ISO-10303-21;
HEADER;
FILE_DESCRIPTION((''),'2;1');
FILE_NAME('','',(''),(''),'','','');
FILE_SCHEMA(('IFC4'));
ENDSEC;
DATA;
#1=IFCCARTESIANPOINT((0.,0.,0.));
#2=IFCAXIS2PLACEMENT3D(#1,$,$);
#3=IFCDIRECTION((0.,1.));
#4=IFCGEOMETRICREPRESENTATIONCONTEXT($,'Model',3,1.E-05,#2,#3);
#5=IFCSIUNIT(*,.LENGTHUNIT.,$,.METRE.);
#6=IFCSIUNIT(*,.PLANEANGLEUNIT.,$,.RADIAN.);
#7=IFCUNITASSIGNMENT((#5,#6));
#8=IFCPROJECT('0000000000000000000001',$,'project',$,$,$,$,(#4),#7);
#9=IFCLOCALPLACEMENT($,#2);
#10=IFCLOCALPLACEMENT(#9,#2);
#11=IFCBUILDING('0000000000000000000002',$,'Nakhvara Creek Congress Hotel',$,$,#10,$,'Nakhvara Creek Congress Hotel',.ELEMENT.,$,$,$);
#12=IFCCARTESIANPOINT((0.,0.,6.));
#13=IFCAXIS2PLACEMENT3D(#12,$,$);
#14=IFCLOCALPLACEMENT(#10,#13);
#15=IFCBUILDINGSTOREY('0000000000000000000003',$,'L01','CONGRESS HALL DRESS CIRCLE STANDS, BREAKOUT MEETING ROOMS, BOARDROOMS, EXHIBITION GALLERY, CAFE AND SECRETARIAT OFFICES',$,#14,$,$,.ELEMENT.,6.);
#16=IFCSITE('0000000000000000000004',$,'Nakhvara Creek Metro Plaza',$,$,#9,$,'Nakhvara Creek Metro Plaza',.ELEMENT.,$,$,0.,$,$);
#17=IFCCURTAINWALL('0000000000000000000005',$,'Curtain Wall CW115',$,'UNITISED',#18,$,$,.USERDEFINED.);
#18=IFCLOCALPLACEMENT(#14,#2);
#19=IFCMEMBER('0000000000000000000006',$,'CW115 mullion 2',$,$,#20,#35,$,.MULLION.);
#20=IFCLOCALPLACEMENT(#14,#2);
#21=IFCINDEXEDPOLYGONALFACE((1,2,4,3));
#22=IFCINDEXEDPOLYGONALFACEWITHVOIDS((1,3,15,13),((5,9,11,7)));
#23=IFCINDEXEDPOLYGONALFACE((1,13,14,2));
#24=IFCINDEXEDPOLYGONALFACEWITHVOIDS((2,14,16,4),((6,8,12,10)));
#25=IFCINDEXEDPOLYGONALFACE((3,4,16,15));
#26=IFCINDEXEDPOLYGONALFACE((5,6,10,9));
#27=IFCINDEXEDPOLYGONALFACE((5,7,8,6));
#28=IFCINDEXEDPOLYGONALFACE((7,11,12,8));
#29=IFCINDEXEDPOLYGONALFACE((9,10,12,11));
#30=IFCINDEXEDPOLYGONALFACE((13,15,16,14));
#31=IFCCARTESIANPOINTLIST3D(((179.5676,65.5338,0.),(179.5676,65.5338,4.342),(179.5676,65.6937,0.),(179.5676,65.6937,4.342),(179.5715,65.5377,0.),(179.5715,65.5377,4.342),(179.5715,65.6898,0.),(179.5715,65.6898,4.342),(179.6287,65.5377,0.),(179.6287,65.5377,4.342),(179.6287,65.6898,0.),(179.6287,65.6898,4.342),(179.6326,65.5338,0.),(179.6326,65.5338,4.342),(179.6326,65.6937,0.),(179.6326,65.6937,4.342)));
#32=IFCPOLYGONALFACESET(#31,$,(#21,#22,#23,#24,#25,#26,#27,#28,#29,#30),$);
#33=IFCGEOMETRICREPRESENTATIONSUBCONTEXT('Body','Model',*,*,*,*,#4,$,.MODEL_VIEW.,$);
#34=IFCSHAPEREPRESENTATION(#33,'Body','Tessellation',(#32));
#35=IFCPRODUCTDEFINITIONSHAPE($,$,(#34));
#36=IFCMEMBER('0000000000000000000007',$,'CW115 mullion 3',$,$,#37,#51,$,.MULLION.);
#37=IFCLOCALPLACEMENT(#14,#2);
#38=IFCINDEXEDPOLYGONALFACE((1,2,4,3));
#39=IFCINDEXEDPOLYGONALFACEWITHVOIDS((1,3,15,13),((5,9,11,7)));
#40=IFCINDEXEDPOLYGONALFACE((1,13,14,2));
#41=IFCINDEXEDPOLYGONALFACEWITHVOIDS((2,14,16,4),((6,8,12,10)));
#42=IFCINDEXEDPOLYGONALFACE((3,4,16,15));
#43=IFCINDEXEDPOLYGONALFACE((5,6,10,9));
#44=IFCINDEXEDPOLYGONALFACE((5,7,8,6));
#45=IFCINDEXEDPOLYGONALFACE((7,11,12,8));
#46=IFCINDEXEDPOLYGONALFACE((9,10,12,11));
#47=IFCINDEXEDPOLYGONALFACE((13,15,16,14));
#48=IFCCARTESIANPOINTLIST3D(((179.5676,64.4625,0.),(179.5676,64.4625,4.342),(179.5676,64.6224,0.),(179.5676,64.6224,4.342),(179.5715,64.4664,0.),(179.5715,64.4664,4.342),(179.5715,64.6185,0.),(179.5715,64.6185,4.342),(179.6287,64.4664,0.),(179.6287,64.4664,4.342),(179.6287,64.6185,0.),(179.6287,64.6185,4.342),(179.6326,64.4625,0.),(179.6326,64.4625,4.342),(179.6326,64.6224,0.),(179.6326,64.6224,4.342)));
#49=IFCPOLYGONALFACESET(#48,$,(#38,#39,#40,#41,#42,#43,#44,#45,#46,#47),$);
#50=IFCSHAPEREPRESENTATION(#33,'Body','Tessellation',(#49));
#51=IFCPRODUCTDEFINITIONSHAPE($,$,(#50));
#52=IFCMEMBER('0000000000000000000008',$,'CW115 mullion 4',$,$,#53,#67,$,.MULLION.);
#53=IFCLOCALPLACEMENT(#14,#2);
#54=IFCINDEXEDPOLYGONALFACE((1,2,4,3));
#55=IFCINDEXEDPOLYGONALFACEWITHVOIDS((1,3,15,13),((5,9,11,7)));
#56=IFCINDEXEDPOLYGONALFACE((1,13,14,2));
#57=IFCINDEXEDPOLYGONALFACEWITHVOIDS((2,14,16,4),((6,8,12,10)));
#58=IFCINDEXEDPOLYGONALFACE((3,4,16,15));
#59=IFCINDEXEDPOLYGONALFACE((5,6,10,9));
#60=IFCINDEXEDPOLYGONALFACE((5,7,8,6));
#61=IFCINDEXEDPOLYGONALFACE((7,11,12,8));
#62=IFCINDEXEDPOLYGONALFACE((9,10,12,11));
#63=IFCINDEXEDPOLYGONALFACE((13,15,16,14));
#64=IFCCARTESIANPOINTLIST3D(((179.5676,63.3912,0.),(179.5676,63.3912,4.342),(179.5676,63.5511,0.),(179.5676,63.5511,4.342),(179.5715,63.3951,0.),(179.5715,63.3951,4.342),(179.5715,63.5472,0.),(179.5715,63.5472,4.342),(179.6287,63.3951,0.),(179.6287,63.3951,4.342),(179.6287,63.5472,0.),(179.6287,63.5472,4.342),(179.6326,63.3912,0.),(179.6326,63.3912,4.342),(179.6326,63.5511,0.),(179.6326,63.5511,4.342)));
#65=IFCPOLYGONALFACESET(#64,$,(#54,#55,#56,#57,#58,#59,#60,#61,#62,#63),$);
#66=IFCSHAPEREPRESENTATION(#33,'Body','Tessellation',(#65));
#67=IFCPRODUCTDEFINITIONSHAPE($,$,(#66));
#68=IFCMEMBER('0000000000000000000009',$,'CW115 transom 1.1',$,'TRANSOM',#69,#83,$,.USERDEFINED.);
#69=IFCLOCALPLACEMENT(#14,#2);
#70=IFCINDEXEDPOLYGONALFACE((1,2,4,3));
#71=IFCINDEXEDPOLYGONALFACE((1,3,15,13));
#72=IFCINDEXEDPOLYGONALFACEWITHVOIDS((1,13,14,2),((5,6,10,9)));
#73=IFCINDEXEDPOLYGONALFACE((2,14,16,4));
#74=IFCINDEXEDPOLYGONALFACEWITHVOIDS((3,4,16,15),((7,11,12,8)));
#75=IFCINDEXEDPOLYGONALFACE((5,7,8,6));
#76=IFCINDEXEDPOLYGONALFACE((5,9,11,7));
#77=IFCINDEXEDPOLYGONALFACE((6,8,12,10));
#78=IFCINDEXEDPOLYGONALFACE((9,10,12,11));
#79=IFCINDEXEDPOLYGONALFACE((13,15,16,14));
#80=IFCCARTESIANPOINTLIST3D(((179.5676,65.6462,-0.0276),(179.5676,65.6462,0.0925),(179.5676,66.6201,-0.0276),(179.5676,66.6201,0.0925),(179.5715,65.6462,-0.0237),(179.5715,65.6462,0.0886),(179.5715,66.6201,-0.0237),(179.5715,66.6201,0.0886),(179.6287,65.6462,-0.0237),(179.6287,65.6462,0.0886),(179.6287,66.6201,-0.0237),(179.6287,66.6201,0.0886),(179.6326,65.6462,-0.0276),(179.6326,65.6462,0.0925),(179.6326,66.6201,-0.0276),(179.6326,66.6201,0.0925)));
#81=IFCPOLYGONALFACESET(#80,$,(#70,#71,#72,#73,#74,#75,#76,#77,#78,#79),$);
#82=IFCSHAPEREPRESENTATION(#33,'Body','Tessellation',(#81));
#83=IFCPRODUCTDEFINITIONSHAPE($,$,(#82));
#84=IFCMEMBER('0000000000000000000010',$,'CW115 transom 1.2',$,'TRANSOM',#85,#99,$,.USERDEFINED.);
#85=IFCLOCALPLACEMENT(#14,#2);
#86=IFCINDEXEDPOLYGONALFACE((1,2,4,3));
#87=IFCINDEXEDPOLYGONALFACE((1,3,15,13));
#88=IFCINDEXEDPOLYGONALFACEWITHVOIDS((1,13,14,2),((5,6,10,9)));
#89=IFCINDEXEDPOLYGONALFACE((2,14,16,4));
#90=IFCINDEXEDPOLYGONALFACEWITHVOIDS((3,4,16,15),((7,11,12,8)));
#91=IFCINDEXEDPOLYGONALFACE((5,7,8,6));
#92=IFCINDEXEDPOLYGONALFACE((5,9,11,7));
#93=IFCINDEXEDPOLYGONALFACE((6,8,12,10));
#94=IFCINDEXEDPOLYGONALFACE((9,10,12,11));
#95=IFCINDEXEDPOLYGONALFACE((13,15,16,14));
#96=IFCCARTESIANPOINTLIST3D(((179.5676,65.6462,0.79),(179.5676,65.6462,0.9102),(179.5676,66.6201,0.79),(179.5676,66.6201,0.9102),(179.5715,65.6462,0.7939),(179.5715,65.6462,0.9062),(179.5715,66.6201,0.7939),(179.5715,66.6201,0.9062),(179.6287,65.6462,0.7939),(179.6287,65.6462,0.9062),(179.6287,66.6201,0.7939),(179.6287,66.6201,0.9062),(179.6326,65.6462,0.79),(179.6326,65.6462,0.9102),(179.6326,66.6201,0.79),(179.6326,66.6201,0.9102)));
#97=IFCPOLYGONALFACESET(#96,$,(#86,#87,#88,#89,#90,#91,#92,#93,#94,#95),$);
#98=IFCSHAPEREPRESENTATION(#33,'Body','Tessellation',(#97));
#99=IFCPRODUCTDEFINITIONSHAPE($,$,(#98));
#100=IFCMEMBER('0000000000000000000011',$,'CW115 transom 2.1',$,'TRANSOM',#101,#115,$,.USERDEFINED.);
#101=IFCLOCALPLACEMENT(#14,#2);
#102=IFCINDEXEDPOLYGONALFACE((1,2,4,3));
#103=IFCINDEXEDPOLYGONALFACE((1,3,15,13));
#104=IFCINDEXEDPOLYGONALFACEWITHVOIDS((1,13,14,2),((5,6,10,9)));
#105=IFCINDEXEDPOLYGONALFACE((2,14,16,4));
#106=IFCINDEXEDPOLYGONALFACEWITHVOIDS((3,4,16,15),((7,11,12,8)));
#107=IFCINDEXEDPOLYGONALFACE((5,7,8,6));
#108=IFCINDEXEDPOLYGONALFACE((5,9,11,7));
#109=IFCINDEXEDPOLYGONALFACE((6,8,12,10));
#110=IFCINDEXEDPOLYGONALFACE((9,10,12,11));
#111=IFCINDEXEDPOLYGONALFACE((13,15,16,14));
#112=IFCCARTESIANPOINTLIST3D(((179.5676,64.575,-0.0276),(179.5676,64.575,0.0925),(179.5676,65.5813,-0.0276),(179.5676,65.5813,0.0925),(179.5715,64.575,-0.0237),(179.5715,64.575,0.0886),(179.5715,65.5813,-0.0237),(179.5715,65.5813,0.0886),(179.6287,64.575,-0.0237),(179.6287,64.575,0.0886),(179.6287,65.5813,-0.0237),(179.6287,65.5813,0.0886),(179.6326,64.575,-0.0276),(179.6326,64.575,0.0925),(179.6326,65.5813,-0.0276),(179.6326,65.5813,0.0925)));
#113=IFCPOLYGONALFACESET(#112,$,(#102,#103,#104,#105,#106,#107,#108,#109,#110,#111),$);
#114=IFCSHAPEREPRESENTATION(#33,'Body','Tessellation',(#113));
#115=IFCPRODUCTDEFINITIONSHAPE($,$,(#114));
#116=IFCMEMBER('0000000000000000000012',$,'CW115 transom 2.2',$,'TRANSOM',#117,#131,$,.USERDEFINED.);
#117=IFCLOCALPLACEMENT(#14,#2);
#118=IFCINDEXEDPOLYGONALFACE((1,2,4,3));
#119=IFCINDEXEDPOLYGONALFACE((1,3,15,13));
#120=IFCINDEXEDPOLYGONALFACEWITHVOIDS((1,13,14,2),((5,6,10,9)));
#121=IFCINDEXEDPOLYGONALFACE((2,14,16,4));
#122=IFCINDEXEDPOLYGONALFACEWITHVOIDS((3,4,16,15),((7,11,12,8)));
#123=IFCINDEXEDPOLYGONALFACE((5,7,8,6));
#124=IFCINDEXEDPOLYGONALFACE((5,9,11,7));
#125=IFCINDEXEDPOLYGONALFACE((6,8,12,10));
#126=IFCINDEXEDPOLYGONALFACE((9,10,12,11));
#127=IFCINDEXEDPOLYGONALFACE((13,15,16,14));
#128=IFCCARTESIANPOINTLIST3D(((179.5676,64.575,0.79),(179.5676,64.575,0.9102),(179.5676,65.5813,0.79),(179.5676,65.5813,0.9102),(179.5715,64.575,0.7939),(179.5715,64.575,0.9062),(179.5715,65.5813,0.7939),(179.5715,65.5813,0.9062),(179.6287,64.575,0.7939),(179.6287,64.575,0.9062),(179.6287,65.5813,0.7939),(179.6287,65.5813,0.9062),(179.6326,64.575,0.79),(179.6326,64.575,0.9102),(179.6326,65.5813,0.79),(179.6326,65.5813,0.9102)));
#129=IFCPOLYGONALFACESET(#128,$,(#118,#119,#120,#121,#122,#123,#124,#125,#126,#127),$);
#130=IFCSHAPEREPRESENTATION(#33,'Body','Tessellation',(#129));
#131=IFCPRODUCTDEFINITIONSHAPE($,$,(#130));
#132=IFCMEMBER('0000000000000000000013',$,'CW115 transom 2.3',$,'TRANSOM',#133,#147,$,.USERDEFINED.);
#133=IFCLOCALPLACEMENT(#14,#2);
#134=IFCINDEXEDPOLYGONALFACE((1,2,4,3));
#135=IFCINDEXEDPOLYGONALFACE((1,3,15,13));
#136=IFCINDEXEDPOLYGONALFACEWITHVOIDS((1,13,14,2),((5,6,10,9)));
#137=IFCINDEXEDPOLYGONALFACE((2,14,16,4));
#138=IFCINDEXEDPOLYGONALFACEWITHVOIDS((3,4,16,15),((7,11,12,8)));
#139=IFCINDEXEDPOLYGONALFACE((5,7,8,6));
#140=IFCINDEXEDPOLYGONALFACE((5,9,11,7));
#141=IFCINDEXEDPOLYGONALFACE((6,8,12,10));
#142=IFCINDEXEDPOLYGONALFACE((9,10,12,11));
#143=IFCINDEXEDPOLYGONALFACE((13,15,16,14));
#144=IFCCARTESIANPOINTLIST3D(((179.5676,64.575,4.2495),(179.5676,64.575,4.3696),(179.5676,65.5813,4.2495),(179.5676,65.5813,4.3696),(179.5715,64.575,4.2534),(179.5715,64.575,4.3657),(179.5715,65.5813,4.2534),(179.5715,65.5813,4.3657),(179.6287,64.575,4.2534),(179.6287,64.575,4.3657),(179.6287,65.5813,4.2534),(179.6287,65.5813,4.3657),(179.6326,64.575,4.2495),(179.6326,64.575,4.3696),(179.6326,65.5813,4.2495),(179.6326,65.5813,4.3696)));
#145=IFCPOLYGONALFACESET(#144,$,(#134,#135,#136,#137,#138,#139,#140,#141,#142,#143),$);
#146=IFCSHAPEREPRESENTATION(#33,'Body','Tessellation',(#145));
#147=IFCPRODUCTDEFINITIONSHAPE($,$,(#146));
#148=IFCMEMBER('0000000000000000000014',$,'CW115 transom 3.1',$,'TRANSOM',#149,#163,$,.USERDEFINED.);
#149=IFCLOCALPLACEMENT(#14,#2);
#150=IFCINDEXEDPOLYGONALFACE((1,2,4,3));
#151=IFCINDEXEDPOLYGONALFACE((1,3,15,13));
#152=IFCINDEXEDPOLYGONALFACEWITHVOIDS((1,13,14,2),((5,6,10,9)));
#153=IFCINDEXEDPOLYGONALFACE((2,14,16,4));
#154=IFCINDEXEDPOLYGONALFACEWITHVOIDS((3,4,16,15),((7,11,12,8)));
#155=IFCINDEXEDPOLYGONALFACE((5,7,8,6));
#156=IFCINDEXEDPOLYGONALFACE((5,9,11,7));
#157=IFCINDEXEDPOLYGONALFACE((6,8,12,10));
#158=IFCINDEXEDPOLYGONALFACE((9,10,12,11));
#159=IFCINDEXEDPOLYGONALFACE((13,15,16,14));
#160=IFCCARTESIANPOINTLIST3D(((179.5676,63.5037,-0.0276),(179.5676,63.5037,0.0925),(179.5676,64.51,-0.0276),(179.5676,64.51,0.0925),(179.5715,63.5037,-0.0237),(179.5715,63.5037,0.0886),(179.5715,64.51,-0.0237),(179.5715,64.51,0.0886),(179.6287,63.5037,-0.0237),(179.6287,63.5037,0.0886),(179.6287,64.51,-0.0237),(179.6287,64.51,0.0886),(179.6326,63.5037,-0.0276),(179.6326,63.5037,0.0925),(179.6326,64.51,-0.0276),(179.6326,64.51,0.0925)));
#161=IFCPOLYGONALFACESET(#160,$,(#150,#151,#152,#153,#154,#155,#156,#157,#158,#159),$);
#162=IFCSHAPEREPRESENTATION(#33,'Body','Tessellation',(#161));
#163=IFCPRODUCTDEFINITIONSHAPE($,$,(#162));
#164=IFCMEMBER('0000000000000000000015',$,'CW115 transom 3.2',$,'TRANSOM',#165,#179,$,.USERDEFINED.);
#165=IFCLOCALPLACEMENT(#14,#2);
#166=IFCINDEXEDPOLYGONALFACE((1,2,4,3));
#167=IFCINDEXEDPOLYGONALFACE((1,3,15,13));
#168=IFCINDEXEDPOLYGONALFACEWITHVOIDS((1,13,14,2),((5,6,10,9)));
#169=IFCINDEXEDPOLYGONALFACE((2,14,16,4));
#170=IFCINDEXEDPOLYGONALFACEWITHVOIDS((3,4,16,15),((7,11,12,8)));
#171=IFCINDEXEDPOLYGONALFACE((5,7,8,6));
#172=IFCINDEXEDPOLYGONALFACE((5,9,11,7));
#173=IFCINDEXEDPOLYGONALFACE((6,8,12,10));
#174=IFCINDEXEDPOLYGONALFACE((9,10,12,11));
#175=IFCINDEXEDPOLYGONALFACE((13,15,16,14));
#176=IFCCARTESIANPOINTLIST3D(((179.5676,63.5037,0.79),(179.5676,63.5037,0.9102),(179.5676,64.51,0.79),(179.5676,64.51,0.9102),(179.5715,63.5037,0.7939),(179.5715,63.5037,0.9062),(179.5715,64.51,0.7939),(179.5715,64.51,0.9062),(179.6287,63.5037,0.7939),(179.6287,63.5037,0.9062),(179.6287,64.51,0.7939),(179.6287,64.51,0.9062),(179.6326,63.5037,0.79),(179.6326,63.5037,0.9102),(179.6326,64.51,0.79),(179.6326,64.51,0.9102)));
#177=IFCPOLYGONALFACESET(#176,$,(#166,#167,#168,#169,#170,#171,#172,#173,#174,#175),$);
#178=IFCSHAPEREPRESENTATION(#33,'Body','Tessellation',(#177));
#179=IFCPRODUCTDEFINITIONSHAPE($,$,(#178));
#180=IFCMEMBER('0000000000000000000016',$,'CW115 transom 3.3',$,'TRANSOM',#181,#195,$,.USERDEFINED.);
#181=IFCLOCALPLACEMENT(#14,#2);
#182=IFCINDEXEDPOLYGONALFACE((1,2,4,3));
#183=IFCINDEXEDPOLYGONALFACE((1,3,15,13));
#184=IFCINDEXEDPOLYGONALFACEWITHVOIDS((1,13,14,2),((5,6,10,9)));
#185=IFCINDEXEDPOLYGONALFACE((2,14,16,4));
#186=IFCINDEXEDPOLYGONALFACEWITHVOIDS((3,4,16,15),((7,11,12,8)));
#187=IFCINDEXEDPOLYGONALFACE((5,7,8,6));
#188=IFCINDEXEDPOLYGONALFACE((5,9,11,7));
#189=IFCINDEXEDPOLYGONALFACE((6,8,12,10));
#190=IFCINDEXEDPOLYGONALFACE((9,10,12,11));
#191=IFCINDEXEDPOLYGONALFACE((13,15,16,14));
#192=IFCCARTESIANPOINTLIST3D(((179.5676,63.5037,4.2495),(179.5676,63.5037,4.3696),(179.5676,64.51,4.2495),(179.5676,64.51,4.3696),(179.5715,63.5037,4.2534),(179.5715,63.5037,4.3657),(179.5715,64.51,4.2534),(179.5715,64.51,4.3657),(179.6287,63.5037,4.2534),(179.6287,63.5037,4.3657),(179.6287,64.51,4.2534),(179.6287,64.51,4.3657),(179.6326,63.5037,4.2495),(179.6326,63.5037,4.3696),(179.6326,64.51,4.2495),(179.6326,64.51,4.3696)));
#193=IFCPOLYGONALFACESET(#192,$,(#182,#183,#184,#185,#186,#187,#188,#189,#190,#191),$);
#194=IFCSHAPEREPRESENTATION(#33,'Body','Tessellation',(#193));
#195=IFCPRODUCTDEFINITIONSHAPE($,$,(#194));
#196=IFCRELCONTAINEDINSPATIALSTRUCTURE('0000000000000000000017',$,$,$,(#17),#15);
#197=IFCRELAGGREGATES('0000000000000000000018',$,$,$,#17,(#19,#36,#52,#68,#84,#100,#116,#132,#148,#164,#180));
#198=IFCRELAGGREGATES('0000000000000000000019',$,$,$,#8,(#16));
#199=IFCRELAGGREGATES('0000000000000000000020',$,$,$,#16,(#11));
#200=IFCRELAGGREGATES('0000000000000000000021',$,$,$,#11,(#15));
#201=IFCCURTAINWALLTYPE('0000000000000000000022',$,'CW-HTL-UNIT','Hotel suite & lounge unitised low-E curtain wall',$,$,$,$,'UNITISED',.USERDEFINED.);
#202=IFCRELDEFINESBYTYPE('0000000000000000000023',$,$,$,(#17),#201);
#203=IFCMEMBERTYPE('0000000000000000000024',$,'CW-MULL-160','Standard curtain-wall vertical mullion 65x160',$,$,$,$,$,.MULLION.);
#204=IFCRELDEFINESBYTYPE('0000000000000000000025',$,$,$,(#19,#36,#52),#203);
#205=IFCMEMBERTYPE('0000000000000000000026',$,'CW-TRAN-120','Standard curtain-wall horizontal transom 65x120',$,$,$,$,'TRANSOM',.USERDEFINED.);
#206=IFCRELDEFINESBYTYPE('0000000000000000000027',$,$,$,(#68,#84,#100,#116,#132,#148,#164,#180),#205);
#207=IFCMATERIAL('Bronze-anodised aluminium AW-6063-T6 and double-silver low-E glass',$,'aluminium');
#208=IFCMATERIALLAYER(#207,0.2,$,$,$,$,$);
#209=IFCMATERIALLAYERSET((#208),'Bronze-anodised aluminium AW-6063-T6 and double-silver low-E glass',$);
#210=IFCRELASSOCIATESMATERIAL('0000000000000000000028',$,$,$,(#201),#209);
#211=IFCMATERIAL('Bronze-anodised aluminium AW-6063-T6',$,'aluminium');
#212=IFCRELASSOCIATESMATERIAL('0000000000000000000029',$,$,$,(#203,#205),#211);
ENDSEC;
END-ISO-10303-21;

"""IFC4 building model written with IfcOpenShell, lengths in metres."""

from ifc_helpers import new_model, si_unit, direction, frame, origin, origin_2d, place, context, subcontext, project, spatial, hollow_rectangle, extrude, material, layer, layer_set, material_profile, profile_set, type_object, element, aggregate, save


model = new_model("IFC4")

# Units and contexts
model_context = context("Model", 3, precision=1e-05, world=origin(), true_north=direction((0.0, 1.0)))
body_context = subcontext(model_context, "Body", "Model", "MODEL_VIEW")
ifc_project = project(units=[si_unit("LENGTHUNIT", "METRE"), si_unit("PLANEANGLEUNIT", "RADIAN")], contexts=[model_context])

# Site, building, storey
site_placement = place(None, origin())
site = spatial("IfcSite", under=ifc_project, at=site_placement, Name="Nakhvara Creek Metro Plaza", LongName="Nakhvara Creek Metro Plaza", CompositionType="ELEMENT", RefElevation=0.0)
building_placement = place(site_placement, origin())
building = spatial("IfcBuilding", under=site, at=building_placement, Name="Nakhvara Creek Congress Hotel", LongName="Nakhvara Creek Congress Hotel", CompositionType="ELEMENT")
storey_placement = place(building_placement, frame((0.0, 0.0, 6.0)))
storey = spatial("IfcBuildingStorey", under=building, at=storey_placement, Name="L01", Description="CONGRESS HALL DRESS CIRCLE STANDS, BREAKOUT MEETING ROOMS, BOARDROOMS, EXHIBITION GALLERY, CAFE AND SECRETARIAT OFFICES", CompositionType="ELEMENT", Elevation=6.0)

# Curtain wall, members
ifc_material_1 = material(Name="Bronze-anodised aluminium AW-6063-T6 and double-silver low-E glass", Category="aluminium")
ifc_layer_1 = layer(ifc_material_1, 0.2)
ifc_layer_set_1 = layer_set([ifc_layer_1], Name="Bronze-anodised aluminium AW-6063-T6 and double-silver low-E glass")
curtain_wall_type = type_object("IfcCurtainWallType", Name="CW-HTL-UNIT", Description="Hotel suite & lounge unitised low-E curtain wall", ElementType="UNITISED", PredefinedType="USERDEFINED", material=ifc_layer_set_1)
curtain_wall_placement = place(storey_placement, origin())
curtain_wall = element("IfcCurtainWall", 1, at=curtain_wall_placement, inside=storey, type_object=curtain_wall_type, Name="Curtain Wall CW115", ObjectType="UNITISED", PredefinedType="USERDEFINED")
ifc_material_2 = material(Name="Bronze-anodised aluminium AW-6063-T6", Category="aluminium")
ifc_material_profile_1 = material_profile(ifc_material_2, hollow_rectangle(XDim=0.0649, YDim=0.1599, WallThickness=0.0039, at=origin_2d()), Name="ALU-MULL 65x160x4", Category="LoadBearing")
ifc_profile_set_1 = profile_set([ifc_material_profile_1], Name="Bronze-anodised aluminium AW-6063-T6")
member_type_1 = type_object("IfcMemberType", Name="CW-MULL-160", Description="Standard curtain-wall vertical mullion 65x160", PredefinedType="MULLION", material=ifc_profile_set_1)
member_1_placement = place(storey_placement, frame((179.6001, 65.6138, 0.0), z_axis=(0.0, 0.0, 1.0), x_axis=(1.0, 0.0, 0.0)))
member_1 = element("IfcMember", 2, at=member_1_placement, type_object=member_type_1, Name="CW115 mullion 2", PredefinedType="MULLION", context=body_context, shape_type="SweptSolid", body=[
    extrude(hollow_rectangle(XDim=0.0649, YDim=0.1599, WallThickness=0.0039, at=origin_2d()), origin(), (0.0, 0.0, 1.0), 4.342),
])
member_2_placement = place(storey_placement, frame((179.6001, 64.5425, 0.0), z_axis=(0.0, 0.0, 1.0), x_axis=(1.0, 0.0, 0.0)))
member_2 = element("IfcMember", 3, at=member_2_placement, type_object=member_type_1, Name="CW115 mullion 3", PredefinedType="MULLION", context=body_context, shape_type="SweptSolid", body=[
    extrude(hollow_rectangle(XDim=0.0649, YDim=0.1599, WallThickness=0.0039, at=origin_2d()), origin(), (0.0, 0.0, 1.0), 4.342),
])
member_3_placement = place(storey_placement, frame((179.6001, 63.4712, 0.0), z_axis=(0.0, 0.0, 1.0), x_axis=(1.0, 0.0, 0.0)))
member_3 = element("IfcMember", 4, at=member_3_placement, type_object=member_type_1, Name="CW115 mullion 4", PredefinedType="MULLION", context=body_context, shape_type="SweptSolid", body=[
    extrude(hollow_rectangle(XDim=0.0649, YDim=0.1599, WallThickness=0.0039, at=origin_2d()), origin(), (0.0, 0.0, 1.0), 4.342),
])
ifc_material_profile_2 = material_profile(ifc_material_2, hollow_rectangle(XDim=0.0649, YDim=0.1201, WallThickness=0.0039, at=origin_2d()), Name="ALU-TRAN 65x120x4", Category="LoadBearing")
ifc_profile_set_2 = profile_set([ifc_material_profile_2], Name="Bronze-anodised aluminium AW-6063-T6")
member_type_2 = type_object("IfcMemberType", Name="CW-TRAN-120", Description="Standard curtain-wall horizontal transom 65x120", ElementType="TRANSOM", PredefinedType="USERDEFINED", material=ifc_profile_set_2)
member_4_placement = place(storey_placement, frame((179.6001, 66.6201, 0.0325), z_axis=(0.0, -1.0, 0.0), x_axis=(1.0, 0.0, 0.0)))
member_4 = element("IfcMember", 5, at=member_4_placement, type_object=member_type_2, Name="CW115 transom 1.1", ObjectType="TRANSOM", PredefinedType="USERDEFINED", context=body_context, shape_type="SweptSolid", body=[
    extrude(hollow_rectangle(XDim=0.0649, YDim=0.1201, WallThickness=0.0039, at=origin_2d()), origin(), (0.0, 0.0, 1.0), 0.9739),
])
member_5_placement = place(storey_placement, frame((179.6001, 66.6201, 0.8501), z_axis=(0.0, -1.0, 0.0), x_axis=(1.0, 0.0, 0.0)))
member_5 = element("IfcMember", 6, at=member_5_placement, type_object=member_type_2, Name="CW115 transom 1.2", ObjectType="TRANSOM", PredefinedType="USERDEFINED", context=body_context, shape_type="SweptSolid", body=[
    extrude(hollow_rectangle(XDim=0.0649, YDim=0.1201, WallThickness=0.0039, at=origin_2d()), origin(), (0.0, 0.0, 1.0), 0.9739),
])
member_6_placement = place(storey_placement, frame((179.6001, 65.5813, 0.0325), z_axis=(0.0, -1.0, 0.0), x_axis=(1.0, 0.0, 0.0)))
member_6 = element("IfcMember", 7, at=member_6_placement, type_object=member_type_2, Name="CW115 transom 2.1", ObjectType="TRANSOM", PredefinedType="USERDEFINED", context=body_context, shape_type="SweptSolid", body=[
    extrude(hollow_rectangle(XDim=0.0649, YDim=0.1201, WallThickness=0.0039, at=origin_2d()), origin(), (0.0, 0.0, 1.0), 1.0063),
])
member_7_placement = place(storey_placement, frame((179.6001, 65.5813, 0.8501), z_axis=(0.0, -1.0, 0.0), x_axis=(1.0, 0.0, 0.0)))
member_7 = element("IfcMember", 8, at=member_7_placement, type_object=member_type_2, Name="CW115 transom 2.2", ObjectType="TRANSOM", PredefinedType="USERDEFINED", context=body_context, shape_type="SweptSolid", body=[
    extrude(hollow_rectangle(XDim=0.0649, YDim=0.1201, WallThickness=0.0039, at=origin_2d()), origin(), (0.0, 0.0, 1.0), 1.0063),
])
member_8_placement = place(storey_placement, frame((179.6001, 65.5813, 4.3096), z_axis=(0.0, -1.0, 0.0), x_axis=(1.0, 0.0, 0.0)))
member_8 = element("IfcMember", 9, at=member_8_placement, type_object=member_type_2, Name="CW115 transom 2.3", ObjectType="TRANSOM", PredefinedType="USERDEFINED", context=body_context, shape_type="SweptSolid", body=[
    extrude(hollow_rectangle(XDim=0.0649, YDim=0.1201, WallThickness=0.0039, at=origin_2d()), origin(), (0.0, 0.0, 1.0), 1.0063),
])
member_9_placement = place(storey_placement, frame((179.6001, 64.51, 0.0325), z_axis=(0.0, -1.0, 0.0), x_axis=(1.0, 0.0, 0.0)))
member_9 = element("IfcMember", 10, at=member_9_placement, type_object=member_type_2, Name="CW115 transom 3.1", ObjectType="TRANSOM", PredefinedType="USERDEFINED", context=body_context, shape_type="SweptSolid", body=[
    extrude(hollow_rectangle(XDim=0.0649, YDim=0.1201, WallThickness=0.0039, at=origin_2d()), origin(), (0.0, 0.0, 1.0), 1.0063),
])
member_10_placement = place(storey_placement, frame((179.6001, 64.51, 0.8501), z_axis=(0.0, -1.0, 0.0), x_axis=(1.0, 0.0, 0.0)))
member_10 = element("IfcMember", 11, at=member_10_placement, type_object=member_type_2, Name="CW115 transom 3.2", ObjectType="TRANSOM", PredefinedType="USERDEFINED", context=body_context, shape_type="SweptSolid", body=[
    extrude(hollow_rectangle(XDim=0.0649, YDim=0.1201, WallThickness=0.0039, at=origin_2d()), origin(), (0.0, 0.0, 1.0), 1.0063),
])
member_11_placement = place(storey_placement, frame((179.6001, 64.51, 4.3096), z_axis=(0.0, -1.0, 0.0), x_axis=(1.0, 0.0, 0.0)))
member_11 = element("IfcMember", 12, at=member_11_placement, type_object=member_type_2, Name="CW115 transom 3.3", ObjectType="TRANSOM", PredefinedType="USERDEFINED", context=body_context, shape_type="SweptSolid", body=[
    extrude(hollow_rectangle(XDim=0.0649, YDim=0.1201, WallThickness=0.0039, at=origin_2d()), origin(), (0.0, 0.0, 1.0), 1.0063),
])
aggregate(curtain_wall, [member_1, member_2, member_3, member_4, member_5, member_6, member_7, member_8, member_9, member_10, member_11])

save(model, "model.ifc")
